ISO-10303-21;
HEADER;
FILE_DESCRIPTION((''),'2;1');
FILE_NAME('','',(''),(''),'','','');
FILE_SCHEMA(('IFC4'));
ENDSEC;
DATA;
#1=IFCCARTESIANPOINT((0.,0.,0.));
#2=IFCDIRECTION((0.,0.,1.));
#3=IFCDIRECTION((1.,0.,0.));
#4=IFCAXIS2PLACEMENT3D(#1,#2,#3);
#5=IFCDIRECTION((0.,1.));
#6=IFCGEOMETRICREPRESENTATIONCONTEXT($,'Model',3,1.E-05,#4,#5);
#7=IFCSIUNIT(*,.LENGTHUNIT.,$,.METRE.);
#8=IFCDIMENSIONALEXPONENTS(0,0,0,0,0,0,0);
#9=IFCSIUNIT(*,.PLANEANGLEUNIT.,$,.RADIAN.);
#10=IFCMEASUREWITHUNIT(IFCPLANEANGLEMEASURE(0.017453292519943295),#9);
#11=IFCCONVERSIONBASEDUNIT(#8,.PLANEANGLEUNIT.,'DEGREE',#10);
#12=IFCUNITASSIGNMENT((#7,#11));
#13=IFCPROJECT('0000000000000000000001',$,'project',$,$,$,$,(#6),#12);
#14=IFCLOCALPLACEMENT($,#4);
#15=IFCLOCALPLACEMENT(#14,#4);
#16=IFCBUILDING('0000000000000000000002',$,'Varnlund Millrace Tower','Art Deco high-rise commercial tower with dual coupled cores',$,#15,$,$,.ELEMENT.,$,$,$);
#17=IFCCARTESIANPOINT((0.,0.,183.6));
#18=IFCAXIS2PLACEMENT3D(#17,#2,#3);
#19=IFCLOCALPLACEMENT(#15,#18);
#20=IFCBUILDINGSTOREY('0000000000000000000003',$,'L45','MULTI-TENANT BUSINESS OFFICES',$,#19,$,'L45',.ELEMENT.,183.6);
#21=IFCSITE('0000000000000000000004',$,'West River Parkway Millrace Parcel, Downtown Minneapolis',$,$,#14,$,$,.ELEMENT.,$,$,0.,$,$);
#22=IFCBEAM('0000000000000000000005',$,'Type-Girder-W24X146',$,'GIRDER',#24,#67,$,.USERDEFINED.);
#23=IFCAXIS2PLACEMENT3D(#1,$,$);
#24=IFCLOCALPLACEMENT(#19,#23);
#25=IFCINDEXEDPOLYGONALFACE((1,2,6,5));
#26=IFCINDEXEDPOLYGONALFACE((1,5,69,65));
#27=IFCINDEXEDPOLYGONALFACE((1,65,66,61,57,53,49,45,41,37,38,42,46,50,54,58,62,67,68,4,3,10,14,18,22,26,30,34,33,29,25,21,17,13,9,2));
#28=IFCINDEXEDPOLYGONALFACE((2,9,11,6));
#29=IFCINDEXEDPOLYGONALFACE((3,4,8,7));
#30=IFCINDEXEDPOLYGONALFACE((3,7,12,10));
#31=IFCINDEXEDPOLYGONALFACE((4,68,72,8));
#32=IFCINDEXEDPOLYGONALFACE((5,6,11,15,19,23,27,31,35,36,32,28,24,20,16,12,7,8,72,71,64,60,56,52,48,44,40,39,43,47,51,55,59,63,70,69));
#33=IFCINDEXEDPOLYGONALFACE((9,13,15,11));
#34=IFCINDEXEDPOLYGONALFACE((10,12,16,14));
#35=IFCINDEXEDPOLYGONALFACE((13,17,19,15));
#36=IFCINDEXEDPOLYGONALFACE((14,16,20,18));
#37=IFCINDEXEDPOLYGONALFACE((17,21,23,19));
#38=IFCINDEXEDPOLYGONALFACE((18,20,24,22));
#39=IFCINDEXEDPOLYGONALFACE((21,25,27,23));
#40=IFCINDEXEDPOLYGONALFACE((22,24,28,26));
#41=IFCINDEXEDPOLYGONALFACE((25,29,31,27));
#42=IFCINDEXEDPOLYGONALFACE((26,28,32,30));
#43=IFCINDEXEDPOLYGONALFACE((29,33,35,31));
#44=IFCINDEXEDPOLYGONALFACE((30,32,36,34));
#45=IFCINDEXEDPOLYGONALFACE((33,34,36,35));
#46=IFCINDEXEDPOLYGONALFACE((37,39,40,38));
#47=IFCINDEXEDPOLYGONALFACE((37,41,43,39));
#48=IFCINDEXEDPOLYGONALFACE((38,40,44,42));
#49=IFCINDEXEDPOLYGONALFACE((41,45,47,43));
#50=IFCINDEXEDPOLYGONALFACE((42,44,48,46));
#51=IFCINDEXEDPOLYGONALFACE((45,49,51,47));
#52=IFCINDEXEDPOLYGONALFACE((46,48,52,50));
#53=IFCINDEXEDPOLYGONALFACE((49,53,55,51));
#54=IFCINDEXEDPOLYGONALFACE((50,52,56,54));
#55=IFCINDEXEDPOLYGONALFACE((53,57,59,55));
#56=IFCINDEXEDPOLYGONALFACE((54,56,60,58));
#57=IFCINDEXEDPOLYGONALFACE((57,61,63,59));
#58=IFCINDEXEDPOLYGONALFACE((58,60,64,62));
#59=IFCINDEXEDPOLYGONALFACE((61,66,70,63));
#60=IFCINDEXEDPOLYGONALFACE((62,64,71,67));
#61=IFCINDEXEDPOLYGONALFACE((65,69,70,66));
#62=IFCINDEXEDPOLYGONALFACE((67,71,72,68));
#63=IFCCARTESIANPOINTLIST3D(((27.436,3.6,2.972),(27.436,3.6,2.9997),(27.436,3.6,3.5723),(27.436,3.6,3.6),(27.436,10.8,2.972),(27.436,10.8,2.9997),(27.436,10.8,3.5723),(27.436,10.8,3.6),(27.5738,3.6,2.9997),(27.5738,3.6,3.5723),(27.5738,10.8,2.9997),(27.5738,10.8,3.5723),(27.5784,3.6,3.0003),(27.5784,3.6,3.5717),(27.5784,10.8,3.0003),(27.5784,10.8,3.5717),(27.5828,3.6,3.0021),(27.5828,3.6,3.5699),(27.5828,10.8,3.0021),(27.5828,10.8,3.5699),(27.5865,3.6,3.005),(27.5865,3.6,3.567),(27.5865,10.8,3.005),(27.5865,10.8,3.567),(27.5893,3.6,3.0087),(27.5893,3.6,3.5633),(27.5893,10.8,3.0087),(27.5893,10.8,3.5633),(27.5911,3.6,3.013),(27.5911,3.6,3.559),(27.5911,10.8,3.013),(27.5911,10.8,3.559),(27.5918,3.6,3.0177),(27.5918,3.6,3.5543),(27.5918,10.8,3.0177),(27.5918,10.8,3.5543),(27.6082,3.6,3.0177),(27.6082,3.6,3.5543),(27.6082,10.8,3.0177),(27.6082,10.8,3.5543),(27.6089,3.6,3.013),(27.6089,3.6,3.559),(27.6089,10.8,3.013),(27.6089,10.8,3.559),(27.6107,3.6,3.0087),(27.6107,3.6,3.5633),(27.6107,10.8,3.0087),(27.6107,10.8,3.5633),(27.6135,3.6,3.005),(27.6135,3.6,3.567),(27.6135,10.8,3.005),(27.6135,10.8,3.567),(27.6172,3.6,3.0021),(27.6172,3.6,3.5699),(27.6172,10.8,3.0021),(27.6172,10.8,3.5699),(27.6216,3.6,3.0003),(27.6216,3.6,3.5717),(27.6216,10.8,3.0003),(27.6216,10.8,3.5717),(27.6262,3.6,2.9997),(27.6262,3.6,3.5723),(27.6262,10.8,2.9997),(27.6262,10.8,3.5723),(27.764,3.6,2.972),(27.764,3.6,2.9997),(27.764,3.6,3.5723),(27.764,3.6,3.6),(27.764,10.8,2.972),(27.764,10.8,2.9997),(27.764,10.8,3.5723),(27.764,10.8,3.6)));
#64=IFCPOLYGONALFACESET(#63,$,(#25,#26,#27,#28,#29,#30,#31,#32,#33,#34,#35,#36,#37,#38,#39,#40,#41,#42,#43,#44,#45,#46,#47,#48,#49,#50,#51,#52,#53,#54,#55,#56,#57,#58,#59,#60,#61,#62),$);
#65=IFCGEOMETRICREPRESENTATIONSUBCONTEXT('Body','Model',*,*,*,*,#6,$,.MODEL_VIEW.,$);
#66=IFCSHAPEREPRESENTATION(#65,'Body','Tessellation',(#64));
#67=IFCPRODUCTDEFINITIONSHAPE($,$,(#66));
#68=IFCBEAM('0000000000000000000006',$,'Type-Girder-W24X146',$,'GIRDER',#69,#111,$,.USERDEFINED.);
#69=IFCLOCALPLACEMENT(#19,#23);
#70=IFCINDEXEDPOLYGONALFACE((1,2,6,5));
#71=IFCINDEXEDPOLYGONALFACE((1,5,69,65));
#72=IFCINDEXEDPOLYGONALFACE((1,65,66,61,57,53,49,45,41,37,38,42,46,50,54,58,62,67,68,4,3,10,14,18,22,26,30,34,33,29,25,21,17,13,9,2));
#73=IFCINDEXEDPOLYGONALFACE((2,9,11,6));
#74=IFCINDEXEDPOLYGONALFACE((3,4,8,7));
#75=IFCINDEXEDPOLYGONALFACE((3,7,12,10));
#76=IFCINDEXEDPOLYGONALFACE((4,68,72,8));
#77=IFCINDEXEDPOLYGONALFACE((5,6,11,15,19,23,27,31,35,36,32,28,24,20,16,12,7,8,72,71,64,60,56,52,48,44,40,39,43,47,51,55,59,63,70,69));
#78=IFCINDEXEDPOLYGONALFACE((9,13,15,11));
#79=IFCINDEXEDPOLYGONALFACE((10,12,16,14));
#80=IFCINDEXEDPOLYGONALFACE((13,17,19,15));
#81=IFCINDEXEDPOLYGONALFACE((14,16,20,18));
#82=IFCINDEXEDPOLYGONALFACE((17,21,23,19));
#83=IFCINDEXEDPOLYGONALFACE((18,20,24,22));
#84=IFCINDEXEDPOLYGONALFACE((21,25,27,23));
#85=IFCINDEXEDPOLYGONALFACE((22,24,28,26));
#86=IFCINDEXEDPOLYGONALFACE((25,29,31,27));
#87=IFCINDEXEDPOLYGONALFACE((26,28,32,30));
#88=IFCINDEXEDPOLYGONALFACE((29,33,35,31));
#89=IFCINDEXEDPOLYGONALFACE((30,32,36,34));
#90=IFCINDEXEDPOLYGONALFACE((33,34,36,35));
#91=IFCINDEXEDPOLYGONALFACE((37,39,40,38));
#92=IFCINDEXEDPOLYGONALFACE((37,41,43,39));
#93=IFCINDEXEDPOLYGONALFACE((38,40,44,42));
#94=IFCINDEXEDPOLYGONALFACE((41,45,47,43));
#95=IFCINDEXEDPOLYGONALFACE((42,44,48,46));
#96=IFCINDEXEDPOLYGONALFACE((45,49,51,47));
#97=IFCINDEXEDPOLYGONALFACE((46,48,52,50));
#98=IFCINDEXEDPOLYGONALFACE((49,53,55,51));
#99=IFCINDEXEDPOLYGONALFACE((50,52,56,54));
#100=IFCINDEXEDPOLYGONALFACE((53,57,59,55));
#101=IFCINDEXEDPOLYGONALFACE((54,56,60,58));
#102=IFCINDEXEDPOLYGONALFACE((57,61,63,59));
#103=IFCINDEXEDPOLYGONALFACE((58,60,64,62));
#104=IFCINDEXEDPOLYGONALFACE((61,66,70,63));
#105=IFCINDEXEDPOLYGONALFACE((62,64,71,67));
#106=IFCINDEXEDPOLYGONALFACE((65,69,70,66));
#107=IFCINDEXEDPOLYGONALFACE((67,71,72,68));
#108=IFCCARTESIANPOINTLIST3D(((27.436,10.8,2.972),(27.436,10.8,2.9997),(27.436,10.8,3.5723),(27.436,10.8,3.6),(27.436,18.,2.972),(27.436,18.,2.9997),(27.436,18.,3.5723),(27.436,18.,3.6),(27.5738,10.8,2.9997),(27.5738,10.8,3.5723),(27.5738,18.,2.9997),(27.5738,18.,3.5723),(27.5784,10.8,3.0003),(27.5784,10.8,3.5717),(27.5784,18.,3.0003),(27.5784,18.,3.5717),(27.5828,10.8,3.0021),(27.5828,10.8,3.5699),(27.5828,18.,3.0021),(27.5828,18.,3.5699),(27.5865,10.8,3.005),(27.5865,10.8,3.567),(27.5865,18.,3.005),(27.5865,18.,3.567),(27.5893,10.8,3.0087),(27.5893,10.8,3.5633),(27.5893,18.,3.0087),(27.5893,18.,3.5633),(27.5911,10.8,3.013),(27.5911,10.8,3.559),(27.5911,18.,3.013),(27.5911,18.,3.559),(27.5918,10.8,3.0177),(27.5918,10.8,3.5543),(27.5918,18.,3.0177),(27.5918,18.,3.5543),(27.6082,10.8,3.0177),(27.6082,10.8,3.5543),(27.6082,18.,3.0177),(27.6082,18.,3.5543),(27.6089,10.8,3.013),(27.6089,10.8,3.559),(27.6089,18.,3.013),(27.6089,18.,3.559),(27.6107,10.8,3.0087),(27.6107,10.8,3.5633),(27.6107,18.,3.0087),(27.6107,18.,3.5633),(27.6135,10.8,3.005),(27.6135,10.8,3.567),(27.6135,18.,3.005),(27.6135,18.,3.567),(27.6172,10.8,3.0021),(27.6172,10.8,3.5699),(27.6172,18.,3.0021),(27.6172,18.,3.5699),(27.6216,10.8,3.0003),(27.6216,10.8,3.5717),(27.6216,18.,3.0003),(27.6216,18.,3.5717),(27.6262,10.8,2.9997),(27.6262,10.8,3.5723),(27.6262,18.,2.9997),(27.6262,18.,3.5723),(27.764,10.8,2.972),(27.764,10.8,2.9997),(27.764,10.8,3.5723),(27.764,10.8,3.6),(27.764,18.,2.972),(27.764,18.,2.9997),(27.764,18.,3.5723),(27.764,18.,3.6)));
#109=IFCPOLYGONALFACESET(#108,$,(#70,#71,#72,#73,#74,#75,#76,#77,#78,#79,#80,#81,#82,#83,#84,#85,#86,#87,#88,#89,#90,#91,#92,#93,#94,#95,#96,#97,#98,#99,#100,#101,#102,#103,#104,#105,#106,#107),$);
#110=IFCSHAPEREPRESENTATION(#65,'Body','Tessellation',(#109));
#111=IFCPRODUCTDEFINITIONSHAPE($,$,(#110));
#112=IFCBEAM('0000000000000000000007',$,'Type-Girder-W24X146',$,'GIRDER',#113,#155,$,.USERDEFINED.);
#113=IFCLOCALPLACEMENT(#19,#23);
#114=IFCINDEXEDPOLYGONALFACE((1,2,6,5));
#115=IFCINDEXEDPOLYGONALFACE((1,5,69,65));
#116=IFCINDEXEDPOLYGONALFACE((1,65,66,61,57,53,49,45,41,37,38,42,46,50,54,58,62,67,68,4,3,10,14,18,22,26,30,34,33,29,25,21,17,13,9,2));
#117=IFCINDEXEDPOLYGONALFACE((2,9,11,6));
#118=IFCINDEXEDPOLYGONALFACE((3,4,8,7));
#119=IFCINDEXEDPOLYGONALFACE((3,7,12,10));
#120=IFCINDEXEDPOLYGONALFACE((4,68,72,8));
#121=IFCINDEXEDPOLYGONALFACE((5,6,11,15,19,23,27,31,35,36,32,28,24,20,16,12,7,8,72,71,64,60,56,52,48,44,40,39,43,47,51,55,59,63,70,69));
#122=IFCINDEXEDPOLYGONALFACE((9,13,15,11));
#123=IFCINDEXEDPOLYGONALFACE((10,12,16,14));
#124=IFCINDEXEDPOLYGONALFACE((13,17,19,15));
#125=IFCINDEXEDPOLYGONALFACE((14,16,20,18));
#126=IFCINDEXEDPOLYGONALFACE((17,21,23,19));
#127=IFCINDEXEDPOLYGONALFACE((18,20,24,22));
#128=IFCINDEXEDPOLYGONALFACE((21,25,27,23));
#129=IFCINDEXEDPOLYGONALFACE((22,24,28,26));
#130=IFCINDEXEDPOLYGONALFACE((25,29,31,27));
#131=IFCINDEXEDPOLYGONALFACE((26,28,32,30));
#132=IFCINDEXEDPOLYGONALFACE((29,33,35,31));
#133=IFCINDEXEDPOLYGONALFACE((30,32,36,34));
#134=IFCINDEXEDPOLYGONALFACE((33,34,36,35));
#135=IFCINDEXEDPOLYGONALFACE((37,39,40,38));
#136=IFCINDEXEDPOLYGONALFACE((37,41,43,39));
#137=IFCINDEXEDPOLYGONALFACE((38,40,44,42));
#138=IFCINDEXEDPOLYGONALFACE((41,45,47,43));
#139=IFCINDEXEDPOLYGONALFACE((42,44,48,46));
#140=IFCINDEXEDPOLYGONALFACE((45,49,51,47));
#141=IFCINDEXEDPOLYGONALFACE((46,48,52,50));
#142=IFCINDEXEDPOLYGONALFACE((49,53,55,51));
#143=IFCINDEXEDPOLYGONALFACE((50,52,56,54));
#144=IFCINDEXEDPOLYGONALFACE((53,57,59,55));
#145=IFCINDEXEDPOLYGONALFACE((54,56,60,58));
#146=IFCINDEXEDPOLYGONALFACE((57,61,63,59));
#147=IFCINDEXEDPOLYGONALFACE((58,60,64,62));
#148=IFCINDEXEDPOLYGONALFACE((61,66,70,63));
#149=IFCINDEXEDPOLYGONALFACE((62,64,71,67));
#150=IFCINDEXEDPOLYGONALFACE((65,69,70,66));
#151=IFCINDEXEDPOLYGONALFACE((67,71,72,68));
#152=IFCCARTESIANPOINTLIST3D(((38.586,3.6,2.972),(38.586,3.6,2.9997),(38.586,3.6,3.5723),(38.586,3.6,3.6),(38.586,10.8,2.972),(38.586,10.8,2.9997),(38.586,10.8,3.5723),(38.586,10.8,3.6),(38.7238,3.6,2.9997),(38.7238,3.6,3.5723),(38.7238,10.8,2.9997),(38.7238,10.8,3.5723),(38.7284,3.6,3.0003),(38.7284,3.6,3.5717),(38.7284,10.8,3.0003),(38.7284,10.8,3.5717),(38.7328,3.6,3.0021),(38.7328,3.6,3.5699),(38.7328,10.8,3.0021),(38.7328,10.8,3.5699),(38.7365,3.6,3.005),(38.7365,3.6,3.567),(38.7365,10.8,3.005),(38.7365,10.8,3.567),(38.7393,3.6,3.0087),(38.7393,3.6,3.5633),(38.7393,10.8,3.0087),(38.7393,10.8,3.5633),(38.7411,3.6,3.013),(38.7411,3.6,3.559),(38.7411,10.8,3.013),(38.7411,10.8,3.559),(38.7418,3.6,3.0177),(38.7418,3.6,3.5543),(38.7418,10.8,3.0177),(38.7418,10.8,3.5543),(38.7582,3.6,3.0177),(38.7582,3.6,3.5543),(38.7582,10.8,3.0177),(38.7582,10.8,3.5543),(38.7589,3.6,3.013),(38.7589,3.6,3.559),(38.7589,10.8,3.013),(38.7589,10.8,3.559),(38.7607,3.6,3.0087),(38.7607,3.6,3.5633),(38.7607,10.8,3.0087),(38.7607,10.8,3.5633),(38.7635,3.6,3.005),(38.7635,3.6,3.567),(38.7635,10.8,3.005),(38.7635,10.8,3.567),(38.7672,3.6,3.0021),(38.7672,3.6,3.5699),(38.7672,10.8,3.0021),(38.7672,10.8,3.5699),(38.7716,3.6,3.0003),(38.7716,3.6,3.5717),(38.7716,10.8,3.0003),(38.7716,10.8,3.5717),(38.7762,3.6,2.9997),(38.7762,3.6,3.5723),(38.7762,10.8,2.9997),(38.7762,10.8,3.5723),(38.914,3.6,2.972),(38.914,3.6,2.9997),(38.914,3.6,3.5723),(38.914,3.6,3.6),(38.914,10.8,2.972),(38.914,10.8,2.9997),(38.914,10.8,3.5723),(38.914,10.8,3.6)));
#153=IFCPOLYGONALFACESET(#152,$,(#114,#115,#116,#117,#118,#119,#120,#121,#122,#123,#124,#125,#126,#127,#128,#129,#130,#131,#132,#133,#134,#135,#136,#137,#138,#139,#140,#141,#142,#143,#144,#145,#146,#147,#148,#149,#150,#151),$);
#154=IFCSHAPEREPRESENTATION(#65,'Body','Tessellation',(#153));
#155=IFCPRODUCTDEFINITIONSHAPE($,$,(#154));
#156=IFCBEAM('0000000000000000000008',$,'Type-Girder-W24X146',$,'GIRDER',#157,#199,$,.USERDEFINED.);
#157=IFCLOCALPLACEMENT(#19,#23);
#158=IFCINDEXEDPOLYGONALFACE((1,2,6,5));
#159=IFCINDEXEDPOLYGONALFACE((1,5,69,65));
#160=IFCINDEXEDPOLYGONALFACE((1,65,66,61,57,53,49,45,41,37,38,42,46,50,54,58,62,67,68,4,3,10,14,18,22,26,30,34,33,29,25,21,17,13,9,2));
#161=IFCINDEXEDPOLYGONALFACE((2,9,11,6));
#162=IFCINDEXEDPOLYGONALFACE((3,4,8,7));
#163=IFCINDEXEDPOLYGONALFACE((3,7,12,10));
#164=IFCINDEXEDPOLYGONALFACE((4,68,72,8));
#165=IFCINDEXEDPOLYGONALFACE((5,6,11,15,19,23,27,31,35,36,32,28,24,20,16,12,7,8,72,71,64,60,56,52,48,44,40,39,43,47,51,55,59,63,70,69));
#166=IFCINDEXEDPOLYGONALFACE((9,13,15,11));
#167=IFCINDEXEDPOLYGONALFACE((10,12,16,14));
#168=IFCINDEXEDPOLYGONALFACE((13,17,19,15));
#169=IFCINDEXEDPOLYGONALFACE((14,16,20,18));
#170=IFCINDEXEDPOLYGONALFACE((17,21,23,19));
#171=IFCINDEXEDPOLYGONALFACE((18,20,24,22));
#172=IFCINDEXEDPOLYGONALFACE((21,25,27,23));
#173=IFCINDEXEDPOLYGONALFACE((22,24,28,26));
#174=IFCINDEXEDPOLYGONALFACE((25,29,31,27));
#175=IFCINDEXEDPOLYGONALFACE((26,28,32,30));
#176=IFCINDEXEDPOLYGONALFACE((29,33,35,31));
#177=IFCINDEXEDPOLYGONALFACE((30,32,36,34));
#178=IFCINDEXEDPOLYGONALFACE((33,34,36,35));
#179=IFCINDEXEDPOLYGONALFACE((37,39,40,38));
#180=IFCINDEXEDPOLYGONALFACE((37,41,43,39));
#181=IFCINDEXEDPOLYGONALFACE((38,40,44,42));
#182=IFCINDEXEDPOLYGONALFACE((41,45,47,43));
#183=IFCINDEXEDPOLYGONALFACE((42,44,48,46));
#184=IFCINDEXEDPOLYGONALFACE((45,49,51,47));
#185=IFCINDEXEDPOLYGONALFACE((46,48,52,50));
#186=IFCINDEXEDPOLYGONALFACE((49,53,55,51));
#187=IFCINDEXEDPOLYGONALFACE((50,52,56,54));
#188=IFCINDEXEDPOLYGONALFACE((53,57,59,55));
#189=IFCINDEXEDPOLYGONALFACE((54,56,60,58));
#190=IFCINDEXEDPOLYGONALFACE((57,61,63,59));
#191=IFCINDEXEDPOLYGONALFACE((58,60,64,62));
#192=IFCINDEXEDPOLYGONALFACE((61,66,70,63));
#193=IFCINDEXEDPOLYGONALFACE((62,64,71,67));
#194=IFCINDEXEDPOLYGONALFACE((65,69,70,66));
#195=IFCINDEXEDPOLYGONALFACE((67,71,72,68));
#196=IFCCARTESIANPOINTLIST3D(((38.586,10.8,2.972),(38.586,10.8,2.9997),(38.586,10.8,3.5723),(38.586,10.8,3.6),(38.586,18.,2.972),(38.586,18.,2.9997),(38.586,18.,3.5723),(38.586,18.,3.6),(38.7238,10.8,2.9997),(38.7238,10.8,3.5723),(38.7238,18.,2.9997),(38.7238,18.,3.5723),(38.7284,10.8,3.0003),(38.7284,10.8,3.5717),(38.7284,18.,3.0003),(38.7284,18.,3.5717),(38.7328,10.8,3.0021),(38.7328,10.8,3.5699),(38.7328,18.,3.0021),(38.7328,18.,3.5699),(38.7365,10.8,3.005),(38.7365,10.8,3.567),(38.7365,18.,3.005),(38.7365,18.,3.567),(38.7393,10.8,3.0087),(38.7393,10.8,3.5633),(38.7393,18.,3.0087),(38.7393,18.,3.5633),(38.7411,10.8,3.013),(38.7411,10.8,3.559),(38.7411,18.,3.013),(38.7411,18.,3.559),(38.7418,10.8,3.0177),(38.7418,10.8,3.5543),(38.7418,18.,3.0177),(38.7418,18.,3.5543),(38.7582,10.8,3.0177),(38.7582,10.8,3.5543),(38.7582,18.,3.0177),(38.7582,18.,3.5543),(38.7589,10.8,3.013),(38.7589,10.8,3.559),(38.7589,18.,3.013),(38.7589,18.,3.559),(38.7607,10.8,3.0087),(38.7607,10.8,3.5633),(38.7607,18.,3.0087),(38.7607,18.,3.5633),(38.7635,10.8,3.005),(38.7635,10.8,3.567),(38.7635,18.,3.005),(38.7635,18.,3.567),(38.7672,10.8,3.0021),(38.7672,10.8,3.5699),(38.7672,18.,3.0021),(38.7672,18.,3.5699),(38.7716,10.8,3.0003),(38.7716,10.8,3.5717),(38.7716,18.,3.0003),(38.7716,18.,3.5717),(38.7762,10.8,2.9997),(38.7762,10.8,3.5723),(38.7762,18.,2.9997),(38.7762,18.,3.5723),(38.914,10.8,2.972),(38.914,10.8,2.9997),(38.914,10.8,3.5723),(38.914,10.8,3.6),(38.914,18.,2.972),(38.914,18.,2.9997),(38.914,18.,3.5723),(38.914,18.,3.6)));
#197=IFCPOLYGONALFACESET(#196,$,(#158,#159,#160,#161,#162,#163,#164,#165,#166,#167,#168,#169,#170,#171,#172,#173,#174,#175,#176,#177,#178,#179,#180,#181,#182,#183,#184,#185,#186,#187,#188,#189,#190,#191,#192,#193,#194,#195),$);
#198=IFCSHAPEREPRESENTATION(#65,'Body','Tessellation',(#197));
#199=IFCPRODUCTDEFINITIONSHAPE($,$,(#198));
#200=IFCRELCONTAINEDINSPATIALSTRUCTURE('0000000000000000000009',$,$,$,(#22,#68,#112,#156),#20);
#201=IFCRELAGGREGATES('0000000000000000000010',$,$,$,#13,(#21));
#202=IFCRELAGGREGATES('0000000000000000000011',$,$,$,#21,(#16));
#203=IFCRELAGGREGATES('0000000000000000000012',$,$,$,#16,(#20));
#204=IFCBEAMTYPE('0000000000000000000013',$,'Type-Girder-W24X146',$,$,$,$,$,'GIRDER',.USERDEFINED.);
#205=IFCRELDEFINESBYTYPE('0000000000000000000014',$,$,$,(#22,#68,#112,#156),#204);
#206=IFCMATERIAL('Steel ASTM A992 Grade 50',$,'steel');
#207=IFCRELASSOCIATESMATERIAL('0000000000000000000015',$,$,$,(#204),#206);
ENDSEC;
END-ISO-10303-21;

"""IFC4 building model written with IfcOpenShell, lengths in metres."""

from ifc_helpers import new_model, entity, si_unit, converted_unit, direction, frame, origin_with_axes, origin_2d_with_axis, place, context, subcontext, project, spatial, i_section, extrude, material, material_profile, profile_set, type_object, element, save


model = new_model("IFC4")

# Units and contexts
model_context = context("Model", 3, precision=1e-05, world=origin_with_axes(), true_north=direction((0.0, 1.0)))
body_context = subcontext(model_context, "Body", "Model", "MODEL_VIEW")
ifc_project = project(units=[si_unit("LENGTHUNIT", "METRE"), converted_unit("PLANEANGLEUNIT", "DEGREE", entity("IfcPlaneAngleMeasure", 0.017453292519943295), si_unit("PLANEANGLEUNIT", "RADIAN"), dimensions=[0, 0, 0, 0, 0, 0, 0])], contexts=[model_context])

# Site, building, storey
site_placement = place(None, origin_with_axes())
site = spatial("IfcSite", under=ifc_project, at=site_placement, Name="West River Parkway Millrace Parcel, Downtown Minneapolis", CompositionType="ELEMENT", RefElevation=0.0)
building_placement = place(site_placement, origin_with_axes())
building = spatial("IfcBuilding", under=site, at=building_placement, Name="Varnlund Millrace Tower", Description="Art Deco high-rise commercial tower with dual coupled cores", CompositionType="ELEMENT")
storey_placement = place(building_placement, frame((0.0, 0.0, 183.6), z_axis=(0.0, 0.0, 1.0), x_axis=(1.0, 0.0, 0.0)))
storey = spatial("IfcBuildingStorey", under=building, at=storey_placement, Name="L45", Description="MULTI-TENANT BUSINESS OFFICES", LongName="L45", CompositionType="ELEMENT", Elevation=183.6)

# Beams
ifc_material_1 = material(Name="Steel ASTM A992 Grade 50", Category="steel")
ifc_material_profile_1 = material_profile(ifc_material_1, i_section(OverallWidth=0.328, OverallDepth=0.628, WebThickness=0.0165, FlangeThickness=0.0277, FilletRadius=0.018, at=origin_2d_with_axis()), Name="Steel ASTM A992 Grade 50")
ifc_profile_set_1 = profile_set([ifc_material_profile_1], Name="Steel ASTM A992 Grade 50")
beam_type_1 = type_object("IfcBeamType", Name="Type-Girder-W24X146", ElementType="GIRDER", PredefinedType="USERDEFINED", material=ifc_profile_set_1)
for number, where, z_axis, x_axis, name in (
    (1, (27.6, 3.6, 3.286), (0.0, 1.0, 0.0), (-1.0, 0.0, 0.0), "Type-Girder-W24X146"),
    (2, (27.6, 10.8, 3.286), (0.0, 1.0, 0.0), (-1.0, 0.0, 0.0), "Type-Girder-W24X146"),
    (3, (38.75, 3.6, 3.286), (0.0, 1.0, 0.0), (-1.0, 0.0, 0.0), "Type-Girder-W24X146"),
    (4, (38.75, 10.8, 3.286), (0.0, 1.0, 0.0), (-1.0, 0.0, 0.0), "Type-Girder-W24X146"),
):
    element("IfcBeam", number, at=place(storey_placement, frame(where, z_axis=z_axis, x_axis=x_axis)), inside=storey, type_object=beam_type_1, Name=name, ObjectType="GIRDER", PredefinedType="USERDEFINED", context=body_context, shape_type="SweptSolid", body=[
        extrude(i_section(OverallWidth=0.328, OverallDepth=0.628, WebThickness=0.0165, FlangeThickness=0.0277, FilletRadius=0.018, at=origin_2d_with_axis()), origin_with_axes(), (0.0, 0.0, 1.0), 7.2),
    ])

save(model, "model.ifc")
